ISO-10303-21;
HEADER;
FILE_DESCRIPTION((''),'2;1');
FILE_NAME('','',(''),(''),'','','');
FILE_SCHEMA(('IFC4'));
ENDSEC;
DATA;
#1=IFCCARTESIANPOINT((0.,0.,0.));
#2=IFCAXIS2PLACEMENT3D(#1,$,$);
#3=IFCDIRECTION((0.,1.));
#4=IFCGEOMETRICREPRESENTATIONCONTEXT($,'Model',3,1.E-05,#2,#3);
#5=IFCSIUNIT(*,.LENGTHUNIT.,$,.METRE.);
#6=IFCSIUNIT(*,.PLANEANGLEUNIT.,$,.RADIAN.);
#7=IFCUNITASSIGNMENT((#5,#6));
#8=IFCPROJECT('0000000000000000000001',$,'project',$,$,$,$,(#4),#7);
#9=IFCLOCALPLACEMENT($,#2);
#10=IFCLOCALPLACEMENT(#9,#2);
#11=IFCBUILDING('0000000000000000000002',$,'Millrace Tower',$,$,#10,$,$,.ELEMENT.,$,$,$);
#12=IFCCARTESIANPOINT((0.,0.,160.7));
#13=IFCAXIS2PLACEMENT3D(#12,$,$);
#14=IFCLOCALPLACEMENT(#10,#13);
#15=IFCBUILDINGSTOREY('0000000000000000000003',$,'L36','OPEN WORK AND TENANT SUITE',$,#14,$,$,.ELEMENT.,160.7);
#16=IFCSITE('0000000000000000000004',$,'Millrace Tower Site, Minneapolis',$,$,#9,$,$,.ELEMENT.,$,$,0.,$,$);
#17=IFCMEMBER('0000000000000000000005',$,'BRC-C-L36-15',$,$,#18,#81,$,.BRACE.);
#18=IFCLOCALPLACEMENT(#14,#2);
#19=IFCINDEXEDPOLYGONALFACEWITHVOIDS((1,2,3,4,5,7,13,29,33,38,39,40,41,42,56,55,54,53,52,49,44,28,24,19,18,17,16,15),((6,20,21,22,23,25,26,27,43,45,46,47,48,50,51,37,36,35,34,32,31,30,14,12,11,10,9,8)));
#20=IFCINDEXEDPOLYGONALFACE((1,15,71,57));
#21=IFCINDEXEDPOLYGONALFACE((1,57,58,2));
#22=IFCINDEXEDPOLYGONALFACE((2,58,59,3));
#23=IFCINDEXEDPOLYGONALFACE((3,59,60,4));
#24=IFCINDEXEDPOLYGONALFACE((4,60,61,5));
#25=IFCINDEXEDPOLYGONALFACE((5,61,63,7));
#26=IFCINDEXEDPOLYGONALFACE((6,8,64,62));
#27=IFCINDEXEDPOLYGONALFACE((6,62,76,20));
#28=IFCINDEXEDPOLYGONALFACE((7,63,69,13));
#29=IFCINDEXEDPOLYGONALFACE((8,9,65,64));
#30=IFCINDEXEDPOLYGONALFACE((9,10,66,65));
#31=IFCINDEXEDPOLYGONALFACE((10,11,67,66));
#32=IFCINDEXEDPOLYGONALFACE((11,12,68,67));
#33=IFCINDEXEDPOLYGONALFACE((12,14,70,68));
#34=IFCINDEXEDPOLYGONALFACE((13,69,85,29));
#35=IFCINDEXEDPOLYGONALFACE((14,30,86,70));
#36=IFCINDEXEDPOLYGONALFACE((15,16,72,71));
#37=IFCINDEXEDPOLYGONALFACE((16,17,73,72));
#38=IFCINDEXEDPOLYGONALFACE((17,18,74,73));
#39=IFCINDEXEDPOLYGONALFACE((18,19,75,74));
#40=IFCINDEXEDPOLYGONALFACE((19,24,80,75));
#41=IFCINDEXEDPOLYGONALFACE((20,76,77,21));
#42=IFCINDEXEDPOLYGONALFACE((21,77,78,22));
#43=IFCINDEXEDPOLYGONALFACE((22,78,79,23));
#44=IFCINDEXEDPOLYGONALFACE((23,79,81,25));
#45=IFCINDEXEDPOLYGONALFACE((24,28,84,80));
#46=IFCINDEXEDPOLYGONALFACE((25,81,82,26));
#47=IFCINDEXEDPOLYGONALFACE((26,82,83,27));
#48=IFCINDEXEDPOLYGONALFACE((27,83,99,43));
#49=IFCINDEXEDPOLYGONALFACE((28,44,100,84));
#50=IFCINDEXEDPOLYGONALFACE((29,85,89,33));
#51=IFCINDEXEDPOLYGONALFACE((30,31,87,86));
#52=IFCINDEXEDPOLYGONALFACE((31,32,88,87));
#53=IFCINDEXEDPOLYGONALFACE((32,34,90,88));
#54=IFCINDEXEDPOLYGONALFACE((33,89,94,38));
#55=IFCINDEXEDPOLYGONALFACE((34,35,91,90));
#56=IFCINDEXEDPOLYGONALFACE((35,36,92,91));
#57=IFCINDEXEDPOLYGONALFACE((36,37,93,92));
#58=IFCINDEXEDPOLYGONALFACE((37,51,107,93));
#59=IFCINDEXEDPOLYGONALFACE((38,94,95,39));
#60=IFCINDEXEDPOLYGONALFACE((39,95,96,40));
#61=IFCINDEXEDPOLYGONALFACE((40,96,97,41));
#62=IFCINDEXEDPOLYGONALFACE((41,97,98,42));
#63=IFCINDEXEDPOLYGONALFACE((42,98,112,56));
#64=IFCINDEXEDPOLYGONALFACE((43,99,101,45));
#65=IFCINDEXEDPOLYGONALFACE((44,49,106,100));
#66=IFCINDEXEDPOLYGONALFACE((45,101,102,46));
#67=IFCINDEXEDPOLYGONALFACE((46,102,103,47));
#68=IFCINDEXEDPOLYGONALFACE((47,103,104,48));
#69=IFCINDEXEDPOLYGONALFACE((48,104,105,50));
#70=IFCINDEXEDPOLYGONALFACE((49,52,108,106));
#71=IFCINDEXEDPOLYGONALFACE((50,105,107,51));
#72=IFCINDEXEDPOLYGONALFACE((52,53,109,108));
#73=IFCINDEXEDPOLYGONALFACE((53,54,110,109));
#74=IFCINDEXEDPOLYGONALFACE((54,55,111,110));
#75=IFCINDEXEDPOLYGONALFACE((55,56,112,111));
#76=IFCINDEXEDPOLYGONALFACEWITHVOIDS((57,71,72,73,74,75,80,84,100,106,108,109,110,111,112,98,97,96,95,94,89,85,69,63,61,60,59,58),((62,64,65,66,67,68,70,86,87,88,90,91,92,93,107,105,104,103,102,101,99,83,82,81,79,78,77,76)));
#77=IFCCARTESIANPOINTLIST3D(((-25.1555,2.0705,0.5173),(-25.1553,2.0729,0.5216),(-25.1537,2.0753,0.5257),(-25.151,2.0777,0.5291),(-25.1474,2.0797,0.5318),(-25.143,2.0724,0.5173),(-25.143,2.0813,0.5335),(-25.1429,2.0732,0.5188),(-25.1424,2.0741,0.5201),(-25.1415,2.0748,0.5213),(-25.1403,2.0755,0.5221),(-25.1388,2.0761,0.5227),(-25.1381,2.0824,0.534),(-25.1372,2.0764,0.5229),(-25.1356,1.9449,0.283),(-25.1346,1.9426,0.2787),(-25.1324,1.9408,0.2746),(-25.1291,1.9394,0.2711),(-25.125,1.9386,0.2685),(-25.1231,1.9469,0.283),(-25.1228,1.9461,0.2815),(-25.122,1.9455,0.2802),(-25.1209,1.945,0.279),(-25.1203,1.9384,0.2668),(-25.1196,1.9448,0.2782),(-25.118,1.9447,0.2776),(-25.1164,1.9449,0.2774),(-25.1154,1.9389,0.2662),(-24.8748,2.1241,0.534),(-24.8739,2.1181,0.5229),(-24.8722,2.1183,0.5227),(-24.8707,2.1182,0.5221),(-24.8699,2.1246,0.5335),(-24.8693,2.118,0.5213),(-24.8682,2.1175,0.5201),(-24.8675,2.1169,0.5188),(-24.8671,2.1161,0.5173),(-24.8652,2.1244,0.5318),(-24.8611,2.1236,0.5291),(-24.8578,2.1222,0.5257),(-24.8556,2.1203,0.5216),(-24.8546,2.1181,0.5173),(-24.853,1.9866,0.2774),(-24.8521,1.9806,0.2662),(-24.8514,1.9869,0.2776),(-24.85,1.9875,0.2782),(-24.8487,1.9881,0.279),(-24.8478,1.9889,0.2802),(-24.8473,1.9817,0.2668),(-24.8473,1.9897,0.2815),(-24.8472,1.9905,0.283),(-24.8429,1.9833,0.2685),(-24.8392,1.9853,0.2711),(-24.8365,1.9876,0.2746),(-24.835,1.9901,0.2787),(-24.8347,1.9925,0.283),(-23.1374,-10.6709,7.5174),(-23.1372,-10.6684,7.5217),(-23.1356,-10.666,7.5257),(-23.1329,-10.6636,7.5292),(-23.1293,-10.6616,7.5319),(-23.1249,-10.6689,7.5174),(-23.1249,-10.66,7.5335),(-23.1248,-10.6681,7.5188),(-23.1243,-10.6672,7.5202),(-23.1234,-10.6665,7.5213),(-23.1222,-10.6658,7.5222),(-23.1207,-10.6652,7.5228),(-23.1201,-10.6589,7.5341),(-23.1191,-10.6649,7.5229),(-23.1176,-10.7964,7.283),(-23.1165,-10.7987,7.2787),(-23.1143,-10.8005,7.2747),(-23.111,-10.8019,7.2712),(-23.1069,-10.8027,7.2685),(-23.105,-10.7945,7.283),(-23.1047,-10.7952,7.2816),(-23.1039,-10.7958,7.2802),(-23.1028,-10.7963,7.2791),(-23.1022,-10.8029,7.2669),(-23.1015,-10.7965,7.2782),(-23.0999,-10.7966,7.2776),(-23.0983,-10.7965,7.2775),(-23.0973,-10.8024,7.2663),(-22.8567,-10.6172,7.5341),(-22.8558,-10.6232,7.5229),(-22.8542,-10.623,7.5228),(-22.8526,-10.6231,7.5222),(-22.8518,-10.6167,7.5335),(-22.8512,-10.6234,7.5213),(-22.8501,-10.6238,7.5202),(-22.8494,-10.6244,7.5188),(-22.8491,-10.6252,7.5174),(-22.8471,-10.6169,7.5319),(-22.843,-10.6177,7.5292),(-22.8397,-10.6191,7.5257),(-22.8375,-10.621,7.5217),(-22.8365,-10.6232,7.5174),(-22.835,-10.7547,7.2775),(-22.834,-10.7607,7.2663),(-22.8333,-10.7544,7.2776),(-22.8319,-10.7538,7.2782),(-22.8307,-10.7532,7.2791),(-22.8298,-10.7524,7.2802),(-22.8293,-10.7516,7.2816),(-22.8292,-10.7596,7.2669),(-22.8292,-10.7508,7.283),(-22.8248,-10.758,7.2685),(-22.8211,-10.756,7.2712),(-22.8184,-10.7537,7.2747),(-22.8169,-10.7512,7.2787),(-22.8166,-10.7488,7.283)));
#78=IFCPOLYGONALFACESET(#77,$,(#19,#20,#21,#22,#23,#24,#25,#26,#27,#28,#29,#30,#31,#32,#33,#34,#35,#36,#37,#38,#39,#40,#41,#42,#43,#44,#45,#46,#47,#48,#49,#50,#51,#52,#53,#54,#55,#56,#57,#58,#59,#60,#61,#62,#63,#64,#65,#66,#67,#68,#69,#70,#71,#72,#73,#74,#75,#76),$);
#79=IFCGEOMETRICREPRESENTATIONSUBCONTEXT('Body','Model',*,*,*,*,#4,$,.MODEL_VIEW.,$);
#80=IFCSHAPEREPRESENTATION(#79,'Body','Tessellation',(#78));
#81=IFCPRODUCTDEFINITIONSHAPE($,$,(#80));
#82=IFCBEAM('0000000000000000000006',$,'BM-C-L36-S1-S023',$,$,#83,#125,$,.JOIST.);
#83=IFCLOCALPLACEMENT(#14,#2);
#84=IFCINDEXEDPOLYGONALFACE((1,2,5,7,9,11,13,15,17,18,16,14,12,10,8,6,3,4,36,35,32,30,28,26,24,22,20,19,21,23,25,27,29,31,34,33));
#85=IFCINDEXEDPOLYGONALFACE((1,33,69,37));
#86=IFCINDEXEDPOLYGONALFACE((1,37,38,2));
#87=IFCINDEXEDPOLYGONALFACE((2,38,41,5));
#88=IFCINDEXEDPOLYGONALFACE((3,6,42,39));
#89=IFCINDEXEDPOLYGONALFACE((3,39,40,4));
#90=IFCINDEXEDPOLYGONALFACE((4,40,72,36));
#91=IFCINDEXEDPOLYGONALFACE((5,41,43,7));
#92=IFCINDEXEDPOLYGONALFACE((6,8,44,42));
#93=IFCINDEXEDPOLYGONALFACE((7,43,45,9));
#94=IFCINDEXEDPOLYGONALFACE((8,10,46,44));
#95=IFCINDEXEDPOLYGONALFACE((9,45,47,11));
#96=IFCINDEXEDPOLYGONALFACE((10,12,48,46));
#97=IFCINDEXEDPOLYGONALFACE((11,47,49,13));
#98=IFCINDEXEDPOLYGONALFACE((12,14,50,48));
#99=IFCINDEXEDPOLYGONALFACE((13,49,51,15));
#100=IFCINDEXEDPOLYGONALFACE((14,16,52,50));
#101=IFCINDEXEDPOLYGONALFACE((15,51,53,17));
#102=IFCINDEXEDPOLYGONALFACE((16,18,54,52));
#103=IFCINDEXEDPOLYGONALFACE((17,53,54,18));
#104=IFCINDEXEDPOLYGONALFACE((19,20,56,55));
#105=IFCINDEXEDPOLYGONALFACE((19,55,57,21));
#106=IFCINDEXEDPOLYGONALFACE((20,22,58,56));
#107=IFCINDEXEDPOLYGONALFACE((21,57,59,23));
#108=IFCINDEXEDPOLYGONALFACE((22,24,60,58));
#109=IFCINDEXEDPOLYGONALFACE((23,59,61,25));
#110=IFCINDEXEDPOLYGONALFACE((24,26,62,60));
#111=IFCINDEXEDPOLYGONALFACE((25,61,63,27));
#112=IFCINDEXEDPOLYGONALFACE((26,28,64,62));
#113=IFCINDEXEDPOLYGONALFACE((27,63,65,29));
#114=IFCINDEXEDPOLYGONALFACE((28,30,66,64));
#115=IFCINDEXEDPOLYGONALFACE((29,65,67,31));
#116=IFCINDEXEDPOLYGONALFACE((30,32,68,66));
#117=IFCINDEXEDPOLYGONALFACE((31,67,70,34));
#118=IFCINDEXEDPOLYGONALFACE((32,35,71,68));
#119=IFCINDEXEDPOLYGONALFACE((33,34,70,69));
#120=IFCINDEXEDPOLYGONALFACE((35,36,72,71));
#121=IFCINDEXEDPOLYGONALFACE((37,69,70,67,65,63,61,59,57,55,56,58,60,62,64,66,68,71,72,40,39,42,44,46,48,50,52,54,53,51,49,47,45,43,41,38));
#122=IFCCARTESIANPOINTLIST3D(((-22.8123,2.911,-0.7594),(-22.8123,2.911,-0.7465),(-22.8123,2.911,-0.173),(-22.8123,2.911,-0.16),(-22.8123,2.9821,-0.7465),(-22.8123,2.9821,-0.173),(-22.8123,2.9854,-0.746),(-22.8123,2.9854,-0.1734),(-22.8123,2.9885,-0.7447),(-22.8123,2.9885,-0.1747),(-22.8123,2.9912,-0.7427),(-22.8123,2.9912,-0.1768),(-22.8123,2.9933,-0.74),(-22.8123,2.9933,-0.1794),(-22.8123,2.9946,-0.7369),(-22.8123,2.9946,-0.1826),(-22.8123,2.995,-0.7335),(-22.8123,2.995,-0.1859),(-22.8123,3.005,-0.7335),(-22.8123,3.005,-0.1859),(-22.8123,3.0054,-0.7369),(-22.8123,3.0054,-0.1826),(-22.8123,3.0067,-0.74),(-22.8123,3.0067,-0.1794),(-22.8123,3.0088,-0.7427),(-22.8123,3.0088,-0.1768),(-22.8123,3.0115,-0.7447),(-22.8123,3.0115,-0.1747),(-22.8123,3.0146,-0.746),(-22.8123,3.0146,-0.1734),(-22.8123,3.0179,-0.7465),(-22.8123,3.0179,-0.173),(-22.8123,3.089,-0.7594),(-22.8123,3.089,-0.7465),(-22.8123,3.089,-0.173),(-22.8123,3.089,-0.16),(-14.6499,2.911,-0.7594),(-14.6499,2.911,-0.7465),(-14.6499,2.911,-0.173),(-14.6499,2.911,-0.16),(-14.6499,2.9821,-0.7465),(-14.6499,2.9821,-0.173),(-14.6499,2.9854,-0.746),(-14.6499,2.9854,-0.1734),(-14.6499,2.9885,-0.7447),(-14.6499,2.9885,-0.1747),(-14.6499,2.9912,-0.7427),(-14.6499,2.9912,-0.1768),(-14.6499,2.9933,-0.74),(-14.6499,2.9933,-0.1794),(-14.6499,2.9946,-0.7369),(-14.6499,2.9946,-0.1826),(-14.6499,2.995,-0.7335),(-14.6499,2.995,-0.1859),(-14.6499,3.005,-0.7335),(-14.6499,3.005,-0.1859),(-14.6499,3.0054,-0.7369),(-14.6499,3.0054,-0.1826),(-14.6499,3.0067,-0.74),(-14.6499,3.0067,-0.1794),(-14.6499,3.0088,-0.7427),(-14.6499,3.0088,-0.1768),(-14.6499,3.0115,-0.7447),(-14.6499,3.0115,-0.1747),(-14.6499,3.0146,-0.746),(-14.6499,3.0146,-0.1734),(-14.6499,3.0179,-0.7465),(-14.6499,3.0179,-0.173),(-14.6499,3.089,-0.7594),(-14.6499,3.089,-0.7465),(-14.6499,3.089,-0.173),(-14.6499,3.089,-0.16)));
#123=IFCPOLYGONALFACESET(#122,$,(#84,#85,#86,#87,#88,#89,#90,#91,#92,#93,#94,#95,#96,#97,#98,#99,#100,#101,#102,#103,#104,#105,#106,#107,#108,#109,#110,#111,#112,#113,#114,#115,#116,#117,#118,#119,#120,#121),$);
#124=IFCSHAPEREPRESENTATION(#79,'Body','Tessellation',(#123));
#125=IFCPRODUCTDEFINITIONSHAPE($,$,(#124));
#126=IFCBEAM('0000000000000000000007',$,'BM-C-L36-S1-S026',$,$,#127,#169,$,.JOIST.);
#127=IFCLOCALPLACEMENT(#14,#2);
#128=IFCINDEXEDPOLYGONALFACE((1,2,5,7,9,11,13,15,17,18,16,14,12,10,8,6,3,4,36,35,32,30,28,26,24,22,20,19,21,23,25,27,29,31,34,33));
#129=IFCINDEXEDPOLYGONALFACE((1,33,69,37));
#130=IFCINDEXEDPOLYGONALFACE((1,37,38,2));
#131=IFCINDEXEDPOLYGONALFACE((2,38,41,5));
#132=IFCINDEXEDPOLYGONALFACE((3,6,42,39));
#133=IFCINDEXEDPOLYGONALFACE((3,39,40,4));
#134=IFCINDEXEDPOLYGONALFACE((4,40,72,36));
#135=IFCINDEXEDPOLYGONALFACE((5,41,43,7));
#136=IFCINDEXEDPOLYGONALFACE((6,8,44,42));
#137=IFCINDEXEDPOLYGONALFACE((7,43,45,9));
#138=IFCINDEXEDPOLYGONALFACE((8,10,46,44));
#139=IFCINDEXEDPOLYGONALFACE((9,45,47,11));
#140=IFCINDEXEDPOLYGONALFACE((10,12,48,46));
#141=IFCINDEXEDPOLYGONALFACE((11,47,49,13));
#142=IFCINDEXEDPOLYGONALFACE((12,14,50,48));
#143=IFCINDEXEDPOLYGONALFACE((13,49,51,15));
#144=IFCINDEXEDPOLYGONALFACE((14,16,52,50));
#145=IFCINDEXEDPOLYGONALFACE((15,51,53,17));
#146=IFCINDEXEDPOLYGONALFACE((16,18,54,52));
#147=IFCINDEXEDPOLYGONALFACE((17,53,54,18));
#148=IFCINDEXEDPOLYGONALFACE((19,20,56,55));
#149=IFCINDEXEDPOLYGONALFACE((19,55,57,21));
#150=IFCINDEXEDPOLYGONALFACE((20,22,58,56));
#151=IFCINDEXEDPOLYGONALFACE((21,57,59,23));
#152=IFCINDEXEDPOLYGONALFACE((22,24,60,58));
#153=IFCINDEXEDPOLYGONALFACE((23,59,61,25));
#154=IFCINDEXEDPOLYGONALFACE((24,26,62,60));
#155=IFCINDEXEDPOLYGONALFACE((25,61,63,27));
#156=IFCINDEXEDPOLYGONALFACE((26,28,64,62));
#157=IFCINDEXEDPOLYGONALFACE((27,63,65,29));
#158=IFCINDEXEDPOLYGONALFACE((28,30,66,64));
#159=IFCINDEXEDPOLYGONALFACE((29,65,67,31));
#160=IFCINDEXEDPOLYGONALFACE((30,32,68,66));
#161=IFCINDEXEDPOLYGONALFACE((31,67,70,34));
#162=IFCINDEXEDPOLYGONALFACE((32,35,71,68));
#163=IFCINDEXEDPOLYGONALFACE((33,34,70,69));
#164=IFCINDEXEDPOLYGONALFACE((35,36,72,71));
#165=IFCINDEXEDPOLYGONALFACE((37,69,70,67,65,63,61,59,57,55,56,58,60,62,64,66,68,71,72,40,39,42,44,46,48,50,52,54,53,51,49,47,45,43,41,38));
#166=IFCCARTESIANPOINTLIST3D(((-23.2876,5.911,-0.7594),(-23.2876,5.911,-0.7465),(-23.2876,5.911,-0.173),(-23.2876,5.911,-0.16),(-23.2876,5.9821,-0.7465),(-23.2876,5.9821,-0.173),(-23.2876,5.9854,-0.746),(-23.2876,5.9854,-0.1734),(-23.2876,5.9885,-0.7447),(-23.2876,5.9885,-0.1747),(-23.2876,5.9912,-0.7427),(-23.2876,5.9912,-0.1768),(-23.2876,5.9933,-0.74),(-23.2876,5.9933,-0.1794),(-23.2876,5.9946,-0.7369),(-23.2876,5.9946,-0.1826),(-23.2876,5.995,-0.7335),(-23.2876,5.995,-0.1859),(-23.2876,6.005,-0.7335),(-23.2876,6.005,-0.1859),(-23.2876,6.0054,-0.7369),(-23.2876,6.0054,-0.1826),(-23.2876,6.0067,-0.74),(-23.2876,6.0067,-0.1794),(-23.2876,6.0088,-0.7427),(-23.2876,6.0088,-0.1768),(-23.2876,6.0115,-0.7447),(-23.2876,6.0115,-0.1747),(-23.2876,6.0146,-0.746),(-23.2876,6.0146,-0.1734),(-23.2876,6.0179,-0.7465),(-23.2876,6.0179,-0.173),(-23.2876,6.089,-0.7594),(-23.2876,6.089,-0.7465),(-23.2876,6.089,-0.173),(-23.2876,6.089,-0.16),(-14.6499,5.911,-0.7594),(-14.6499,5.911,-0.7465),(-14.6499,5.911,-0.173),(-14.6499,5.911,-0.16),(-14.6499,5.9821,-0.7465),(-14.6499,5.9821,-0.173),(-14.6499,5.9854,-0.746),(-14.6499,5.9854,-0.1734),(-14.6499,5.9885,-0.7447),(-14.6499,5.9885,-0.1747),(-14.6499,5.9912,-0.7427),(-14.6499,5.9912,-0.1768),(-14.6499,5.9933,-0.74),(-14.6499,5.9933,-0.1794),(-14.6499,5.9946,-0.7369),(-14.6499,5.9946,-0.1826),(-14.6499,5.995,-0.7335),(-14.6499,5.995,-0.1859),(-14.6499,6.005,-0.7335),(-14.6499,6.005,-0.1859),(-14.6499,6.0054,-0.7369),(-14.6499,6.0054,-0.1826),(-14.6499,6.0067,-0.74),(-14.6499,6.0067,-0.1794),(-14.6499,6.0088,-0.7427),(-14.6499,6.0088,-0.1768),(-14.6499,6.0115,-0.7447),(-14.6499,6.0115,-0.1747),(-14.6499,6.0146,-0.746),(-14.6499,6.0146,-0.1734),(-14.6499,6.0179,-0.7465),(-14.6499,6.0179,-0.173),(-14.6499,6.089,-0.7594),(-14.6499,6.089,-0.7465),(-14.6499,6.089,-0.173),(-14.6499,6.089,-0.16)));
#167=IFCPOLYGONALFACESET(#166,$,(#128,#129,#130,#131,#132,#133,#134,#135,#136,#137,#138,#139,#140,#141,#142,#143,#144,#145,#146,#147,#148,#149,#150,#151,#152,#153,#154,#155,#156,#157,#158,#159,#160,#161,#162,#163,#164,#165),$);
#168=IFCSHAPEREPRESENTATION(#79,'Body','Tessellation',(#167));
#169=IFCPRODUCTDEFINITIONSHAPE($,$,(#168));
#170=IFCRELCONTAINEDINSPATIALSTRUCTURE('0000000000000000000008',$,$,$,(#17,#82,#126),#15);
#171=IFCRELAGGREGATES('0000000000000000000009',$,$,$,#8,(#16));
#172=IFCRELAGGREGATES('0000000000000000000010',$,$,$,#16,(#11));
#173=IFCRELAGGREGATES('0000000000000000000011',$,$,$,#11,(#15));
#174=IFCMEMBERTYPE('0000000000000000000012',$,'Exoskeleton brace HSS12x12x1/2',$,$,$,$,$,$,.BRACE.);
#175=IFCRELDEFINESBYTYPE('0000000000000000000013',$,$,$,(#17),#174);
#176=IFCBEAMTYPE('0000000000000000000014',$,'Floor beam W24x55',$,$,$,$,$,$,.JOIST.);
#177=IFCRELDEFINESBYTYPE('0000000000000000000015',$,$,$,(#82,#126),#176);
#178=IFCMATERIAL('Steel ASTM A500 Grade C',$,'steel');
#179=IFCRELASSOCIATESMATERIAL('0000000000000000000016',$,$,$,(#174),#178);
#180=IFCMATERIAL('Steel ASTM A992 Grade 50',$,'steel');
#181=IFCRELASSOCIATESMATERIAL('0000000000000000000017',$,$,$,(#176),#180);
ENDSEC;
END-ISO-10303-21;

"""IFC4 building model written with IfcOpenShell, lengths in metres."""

from ifc_helpers import new_model, si_unit, direction, frame, origin, origin_2d, place, context, subcontext, project, spatial, hollow_rectangle, i_section, extrude, material, material_profile, profile_set, type_object, element, save


model = new_model("IFC4")

# Units and contexts
model_context = context("Model", 3, precision=1e-05, world=origin(), true_north=direction((0.0, 1.0)))
body_context = subcontext(model_context, "Body", "Model", "MODEL_VIEW")
ifc_project = project(units=[si_unit("LENGTHUNIT", "METRE"), si_unit("PLANEANGLEUNIT", "RADIAN")], contexts=[model_context])

# Site, building, storey
site_placement = place(None, origin())
site = spatial("IfcSite", under=ifc_project, at=site_placement, Name="Millrace Tower Site, Minneapolis", CompositionType="ELEMENT", RefElevation=0.0)
building_placement = place(site_placement, origin())
building = spatial("IfcBuilding", under=site, at=building_placement, Name="Millrace Tower", CompositionType="ELEMENT")
storey_placement = place(building_placement, frame((0.0, 0.0, 160.7)))
storey = spatial("IfcBuildingStorey", under=building, at=storey_placement, Name="L36", Description="OPEN WORK AND TENANT SUITE", CompositionType="ELEMENT", Elevation=160.7)

# Member
ifc_material_1 = material(Name="Steel ASTM A500 Grade C", Category="steel")
ifc_material_profile_1 = material_profile(ifc_material_1, hollow_rectangle(XDim=0.3047, YDim=0.3047, WallThickness=0.0127, InnerFilletRadius=0.0063, OuterFilletRadius=0.019, at=origin_2d()))
ifc_profile_set_1 = profile_set([ifc_material_profile_1], Name="Steel ASTM A500 Grade C")
member_type_1 = type_object("IfcMemberType", Name="Exoskeleton brace HSS12x12x1/2", PredefinedType="BRACE", material=ifc_profile_set_1)
member_1_placement = place(storey_placement, frame((-24.9951, 2.0315, 0.4001), z_axis=(0.1375, -0.868114, 0.47694), x_axis=(0.987688, 0.156439, 0.0)))
element("IfcMember", 1, at=member_1_placement, inside=storey, type_object=member_type_1, Name="BRC-C-L36-15", PredefinedType="BRACE", context=body_context, shape_type="SweptSolid", body=[
    extrude(hollow_rectangle(XDim=0.3047, YDim=0.3047, WallThickness=0.0127, InnerFilletRadius=0.0063, OuterFilletRadius=0.019, at=origin_2d()), origin(), (0.0, 0.0, 1.0), 14.677),
])

# Beams
ifc_material_2 = material(Name="Steel ASTM A992 Grade 50", Category="steel")
ifc_material_profile_2 = material_profile(ifc_material_2, i_section(OverallWidth=0.178, OverallDepth=0.5994, WebThickness=0.01, FlangeThickness=0.0129, FilletRadius=0.0129, at=origin_2d()))
ifc_profile_set_2 = profile_set([ifc_material_profile_2], Name="Steel ASTM A992 Grade 50")
beam_type_1 = type_object("IfcBeamType", Name="Floor beam W24x55", PredefinedType="JOIST", material=ifc_profile_set_2)
beam_1_placement = place(storey_placement, frame((-22.8123, 3.0, -0.4597), z_axis=(1.0, 0.0, 0.0), x_axis=(0.0, 1.0, 0.0)))
element("IfcBeam", 2, at=beam_1_placement, inside=storey, type_object=beam_type_1, Name="BM-C-L36-S1-S023", PredefinedType="JOIST", context=body_context, shape_type="SweptSolid", body=[
    extrude(i_section(OverallWidth=0.178, OverallDepth=0.5994, WebThickness=0.01, FlangeThickness=0.0129, FilletRadius=0.0129, at=origin_2d()), origin(), (0.0, 0.0, 1.0), 8.1624),
])
beam_2_placement = place(storey_placement, frame((-23.2876, 6.0, -0.4597), z_axis=(1.0, 0.0, 0.0), x_axis=(0.0, 1.0, 0.0)))
element("IfcBeam", 3, at=beam_2_placement, inside=storey, type_object=beam_type_1, Name="BM-C-L36-S1-S026", PredefinedType="JOIST", context=body_context, shape_type="SweptSolid", body=[
    extrude(i_section(OverallWidth=0.178, OverallDepth=0.5994, WebThickness=0.01, FlangeThickness=0.0129, FilletRadius=0.0129, at=origin_2d()), origin(), (0.0, 0.0, 1.0), 8.6377),
])

save(model, "model.ifc")
